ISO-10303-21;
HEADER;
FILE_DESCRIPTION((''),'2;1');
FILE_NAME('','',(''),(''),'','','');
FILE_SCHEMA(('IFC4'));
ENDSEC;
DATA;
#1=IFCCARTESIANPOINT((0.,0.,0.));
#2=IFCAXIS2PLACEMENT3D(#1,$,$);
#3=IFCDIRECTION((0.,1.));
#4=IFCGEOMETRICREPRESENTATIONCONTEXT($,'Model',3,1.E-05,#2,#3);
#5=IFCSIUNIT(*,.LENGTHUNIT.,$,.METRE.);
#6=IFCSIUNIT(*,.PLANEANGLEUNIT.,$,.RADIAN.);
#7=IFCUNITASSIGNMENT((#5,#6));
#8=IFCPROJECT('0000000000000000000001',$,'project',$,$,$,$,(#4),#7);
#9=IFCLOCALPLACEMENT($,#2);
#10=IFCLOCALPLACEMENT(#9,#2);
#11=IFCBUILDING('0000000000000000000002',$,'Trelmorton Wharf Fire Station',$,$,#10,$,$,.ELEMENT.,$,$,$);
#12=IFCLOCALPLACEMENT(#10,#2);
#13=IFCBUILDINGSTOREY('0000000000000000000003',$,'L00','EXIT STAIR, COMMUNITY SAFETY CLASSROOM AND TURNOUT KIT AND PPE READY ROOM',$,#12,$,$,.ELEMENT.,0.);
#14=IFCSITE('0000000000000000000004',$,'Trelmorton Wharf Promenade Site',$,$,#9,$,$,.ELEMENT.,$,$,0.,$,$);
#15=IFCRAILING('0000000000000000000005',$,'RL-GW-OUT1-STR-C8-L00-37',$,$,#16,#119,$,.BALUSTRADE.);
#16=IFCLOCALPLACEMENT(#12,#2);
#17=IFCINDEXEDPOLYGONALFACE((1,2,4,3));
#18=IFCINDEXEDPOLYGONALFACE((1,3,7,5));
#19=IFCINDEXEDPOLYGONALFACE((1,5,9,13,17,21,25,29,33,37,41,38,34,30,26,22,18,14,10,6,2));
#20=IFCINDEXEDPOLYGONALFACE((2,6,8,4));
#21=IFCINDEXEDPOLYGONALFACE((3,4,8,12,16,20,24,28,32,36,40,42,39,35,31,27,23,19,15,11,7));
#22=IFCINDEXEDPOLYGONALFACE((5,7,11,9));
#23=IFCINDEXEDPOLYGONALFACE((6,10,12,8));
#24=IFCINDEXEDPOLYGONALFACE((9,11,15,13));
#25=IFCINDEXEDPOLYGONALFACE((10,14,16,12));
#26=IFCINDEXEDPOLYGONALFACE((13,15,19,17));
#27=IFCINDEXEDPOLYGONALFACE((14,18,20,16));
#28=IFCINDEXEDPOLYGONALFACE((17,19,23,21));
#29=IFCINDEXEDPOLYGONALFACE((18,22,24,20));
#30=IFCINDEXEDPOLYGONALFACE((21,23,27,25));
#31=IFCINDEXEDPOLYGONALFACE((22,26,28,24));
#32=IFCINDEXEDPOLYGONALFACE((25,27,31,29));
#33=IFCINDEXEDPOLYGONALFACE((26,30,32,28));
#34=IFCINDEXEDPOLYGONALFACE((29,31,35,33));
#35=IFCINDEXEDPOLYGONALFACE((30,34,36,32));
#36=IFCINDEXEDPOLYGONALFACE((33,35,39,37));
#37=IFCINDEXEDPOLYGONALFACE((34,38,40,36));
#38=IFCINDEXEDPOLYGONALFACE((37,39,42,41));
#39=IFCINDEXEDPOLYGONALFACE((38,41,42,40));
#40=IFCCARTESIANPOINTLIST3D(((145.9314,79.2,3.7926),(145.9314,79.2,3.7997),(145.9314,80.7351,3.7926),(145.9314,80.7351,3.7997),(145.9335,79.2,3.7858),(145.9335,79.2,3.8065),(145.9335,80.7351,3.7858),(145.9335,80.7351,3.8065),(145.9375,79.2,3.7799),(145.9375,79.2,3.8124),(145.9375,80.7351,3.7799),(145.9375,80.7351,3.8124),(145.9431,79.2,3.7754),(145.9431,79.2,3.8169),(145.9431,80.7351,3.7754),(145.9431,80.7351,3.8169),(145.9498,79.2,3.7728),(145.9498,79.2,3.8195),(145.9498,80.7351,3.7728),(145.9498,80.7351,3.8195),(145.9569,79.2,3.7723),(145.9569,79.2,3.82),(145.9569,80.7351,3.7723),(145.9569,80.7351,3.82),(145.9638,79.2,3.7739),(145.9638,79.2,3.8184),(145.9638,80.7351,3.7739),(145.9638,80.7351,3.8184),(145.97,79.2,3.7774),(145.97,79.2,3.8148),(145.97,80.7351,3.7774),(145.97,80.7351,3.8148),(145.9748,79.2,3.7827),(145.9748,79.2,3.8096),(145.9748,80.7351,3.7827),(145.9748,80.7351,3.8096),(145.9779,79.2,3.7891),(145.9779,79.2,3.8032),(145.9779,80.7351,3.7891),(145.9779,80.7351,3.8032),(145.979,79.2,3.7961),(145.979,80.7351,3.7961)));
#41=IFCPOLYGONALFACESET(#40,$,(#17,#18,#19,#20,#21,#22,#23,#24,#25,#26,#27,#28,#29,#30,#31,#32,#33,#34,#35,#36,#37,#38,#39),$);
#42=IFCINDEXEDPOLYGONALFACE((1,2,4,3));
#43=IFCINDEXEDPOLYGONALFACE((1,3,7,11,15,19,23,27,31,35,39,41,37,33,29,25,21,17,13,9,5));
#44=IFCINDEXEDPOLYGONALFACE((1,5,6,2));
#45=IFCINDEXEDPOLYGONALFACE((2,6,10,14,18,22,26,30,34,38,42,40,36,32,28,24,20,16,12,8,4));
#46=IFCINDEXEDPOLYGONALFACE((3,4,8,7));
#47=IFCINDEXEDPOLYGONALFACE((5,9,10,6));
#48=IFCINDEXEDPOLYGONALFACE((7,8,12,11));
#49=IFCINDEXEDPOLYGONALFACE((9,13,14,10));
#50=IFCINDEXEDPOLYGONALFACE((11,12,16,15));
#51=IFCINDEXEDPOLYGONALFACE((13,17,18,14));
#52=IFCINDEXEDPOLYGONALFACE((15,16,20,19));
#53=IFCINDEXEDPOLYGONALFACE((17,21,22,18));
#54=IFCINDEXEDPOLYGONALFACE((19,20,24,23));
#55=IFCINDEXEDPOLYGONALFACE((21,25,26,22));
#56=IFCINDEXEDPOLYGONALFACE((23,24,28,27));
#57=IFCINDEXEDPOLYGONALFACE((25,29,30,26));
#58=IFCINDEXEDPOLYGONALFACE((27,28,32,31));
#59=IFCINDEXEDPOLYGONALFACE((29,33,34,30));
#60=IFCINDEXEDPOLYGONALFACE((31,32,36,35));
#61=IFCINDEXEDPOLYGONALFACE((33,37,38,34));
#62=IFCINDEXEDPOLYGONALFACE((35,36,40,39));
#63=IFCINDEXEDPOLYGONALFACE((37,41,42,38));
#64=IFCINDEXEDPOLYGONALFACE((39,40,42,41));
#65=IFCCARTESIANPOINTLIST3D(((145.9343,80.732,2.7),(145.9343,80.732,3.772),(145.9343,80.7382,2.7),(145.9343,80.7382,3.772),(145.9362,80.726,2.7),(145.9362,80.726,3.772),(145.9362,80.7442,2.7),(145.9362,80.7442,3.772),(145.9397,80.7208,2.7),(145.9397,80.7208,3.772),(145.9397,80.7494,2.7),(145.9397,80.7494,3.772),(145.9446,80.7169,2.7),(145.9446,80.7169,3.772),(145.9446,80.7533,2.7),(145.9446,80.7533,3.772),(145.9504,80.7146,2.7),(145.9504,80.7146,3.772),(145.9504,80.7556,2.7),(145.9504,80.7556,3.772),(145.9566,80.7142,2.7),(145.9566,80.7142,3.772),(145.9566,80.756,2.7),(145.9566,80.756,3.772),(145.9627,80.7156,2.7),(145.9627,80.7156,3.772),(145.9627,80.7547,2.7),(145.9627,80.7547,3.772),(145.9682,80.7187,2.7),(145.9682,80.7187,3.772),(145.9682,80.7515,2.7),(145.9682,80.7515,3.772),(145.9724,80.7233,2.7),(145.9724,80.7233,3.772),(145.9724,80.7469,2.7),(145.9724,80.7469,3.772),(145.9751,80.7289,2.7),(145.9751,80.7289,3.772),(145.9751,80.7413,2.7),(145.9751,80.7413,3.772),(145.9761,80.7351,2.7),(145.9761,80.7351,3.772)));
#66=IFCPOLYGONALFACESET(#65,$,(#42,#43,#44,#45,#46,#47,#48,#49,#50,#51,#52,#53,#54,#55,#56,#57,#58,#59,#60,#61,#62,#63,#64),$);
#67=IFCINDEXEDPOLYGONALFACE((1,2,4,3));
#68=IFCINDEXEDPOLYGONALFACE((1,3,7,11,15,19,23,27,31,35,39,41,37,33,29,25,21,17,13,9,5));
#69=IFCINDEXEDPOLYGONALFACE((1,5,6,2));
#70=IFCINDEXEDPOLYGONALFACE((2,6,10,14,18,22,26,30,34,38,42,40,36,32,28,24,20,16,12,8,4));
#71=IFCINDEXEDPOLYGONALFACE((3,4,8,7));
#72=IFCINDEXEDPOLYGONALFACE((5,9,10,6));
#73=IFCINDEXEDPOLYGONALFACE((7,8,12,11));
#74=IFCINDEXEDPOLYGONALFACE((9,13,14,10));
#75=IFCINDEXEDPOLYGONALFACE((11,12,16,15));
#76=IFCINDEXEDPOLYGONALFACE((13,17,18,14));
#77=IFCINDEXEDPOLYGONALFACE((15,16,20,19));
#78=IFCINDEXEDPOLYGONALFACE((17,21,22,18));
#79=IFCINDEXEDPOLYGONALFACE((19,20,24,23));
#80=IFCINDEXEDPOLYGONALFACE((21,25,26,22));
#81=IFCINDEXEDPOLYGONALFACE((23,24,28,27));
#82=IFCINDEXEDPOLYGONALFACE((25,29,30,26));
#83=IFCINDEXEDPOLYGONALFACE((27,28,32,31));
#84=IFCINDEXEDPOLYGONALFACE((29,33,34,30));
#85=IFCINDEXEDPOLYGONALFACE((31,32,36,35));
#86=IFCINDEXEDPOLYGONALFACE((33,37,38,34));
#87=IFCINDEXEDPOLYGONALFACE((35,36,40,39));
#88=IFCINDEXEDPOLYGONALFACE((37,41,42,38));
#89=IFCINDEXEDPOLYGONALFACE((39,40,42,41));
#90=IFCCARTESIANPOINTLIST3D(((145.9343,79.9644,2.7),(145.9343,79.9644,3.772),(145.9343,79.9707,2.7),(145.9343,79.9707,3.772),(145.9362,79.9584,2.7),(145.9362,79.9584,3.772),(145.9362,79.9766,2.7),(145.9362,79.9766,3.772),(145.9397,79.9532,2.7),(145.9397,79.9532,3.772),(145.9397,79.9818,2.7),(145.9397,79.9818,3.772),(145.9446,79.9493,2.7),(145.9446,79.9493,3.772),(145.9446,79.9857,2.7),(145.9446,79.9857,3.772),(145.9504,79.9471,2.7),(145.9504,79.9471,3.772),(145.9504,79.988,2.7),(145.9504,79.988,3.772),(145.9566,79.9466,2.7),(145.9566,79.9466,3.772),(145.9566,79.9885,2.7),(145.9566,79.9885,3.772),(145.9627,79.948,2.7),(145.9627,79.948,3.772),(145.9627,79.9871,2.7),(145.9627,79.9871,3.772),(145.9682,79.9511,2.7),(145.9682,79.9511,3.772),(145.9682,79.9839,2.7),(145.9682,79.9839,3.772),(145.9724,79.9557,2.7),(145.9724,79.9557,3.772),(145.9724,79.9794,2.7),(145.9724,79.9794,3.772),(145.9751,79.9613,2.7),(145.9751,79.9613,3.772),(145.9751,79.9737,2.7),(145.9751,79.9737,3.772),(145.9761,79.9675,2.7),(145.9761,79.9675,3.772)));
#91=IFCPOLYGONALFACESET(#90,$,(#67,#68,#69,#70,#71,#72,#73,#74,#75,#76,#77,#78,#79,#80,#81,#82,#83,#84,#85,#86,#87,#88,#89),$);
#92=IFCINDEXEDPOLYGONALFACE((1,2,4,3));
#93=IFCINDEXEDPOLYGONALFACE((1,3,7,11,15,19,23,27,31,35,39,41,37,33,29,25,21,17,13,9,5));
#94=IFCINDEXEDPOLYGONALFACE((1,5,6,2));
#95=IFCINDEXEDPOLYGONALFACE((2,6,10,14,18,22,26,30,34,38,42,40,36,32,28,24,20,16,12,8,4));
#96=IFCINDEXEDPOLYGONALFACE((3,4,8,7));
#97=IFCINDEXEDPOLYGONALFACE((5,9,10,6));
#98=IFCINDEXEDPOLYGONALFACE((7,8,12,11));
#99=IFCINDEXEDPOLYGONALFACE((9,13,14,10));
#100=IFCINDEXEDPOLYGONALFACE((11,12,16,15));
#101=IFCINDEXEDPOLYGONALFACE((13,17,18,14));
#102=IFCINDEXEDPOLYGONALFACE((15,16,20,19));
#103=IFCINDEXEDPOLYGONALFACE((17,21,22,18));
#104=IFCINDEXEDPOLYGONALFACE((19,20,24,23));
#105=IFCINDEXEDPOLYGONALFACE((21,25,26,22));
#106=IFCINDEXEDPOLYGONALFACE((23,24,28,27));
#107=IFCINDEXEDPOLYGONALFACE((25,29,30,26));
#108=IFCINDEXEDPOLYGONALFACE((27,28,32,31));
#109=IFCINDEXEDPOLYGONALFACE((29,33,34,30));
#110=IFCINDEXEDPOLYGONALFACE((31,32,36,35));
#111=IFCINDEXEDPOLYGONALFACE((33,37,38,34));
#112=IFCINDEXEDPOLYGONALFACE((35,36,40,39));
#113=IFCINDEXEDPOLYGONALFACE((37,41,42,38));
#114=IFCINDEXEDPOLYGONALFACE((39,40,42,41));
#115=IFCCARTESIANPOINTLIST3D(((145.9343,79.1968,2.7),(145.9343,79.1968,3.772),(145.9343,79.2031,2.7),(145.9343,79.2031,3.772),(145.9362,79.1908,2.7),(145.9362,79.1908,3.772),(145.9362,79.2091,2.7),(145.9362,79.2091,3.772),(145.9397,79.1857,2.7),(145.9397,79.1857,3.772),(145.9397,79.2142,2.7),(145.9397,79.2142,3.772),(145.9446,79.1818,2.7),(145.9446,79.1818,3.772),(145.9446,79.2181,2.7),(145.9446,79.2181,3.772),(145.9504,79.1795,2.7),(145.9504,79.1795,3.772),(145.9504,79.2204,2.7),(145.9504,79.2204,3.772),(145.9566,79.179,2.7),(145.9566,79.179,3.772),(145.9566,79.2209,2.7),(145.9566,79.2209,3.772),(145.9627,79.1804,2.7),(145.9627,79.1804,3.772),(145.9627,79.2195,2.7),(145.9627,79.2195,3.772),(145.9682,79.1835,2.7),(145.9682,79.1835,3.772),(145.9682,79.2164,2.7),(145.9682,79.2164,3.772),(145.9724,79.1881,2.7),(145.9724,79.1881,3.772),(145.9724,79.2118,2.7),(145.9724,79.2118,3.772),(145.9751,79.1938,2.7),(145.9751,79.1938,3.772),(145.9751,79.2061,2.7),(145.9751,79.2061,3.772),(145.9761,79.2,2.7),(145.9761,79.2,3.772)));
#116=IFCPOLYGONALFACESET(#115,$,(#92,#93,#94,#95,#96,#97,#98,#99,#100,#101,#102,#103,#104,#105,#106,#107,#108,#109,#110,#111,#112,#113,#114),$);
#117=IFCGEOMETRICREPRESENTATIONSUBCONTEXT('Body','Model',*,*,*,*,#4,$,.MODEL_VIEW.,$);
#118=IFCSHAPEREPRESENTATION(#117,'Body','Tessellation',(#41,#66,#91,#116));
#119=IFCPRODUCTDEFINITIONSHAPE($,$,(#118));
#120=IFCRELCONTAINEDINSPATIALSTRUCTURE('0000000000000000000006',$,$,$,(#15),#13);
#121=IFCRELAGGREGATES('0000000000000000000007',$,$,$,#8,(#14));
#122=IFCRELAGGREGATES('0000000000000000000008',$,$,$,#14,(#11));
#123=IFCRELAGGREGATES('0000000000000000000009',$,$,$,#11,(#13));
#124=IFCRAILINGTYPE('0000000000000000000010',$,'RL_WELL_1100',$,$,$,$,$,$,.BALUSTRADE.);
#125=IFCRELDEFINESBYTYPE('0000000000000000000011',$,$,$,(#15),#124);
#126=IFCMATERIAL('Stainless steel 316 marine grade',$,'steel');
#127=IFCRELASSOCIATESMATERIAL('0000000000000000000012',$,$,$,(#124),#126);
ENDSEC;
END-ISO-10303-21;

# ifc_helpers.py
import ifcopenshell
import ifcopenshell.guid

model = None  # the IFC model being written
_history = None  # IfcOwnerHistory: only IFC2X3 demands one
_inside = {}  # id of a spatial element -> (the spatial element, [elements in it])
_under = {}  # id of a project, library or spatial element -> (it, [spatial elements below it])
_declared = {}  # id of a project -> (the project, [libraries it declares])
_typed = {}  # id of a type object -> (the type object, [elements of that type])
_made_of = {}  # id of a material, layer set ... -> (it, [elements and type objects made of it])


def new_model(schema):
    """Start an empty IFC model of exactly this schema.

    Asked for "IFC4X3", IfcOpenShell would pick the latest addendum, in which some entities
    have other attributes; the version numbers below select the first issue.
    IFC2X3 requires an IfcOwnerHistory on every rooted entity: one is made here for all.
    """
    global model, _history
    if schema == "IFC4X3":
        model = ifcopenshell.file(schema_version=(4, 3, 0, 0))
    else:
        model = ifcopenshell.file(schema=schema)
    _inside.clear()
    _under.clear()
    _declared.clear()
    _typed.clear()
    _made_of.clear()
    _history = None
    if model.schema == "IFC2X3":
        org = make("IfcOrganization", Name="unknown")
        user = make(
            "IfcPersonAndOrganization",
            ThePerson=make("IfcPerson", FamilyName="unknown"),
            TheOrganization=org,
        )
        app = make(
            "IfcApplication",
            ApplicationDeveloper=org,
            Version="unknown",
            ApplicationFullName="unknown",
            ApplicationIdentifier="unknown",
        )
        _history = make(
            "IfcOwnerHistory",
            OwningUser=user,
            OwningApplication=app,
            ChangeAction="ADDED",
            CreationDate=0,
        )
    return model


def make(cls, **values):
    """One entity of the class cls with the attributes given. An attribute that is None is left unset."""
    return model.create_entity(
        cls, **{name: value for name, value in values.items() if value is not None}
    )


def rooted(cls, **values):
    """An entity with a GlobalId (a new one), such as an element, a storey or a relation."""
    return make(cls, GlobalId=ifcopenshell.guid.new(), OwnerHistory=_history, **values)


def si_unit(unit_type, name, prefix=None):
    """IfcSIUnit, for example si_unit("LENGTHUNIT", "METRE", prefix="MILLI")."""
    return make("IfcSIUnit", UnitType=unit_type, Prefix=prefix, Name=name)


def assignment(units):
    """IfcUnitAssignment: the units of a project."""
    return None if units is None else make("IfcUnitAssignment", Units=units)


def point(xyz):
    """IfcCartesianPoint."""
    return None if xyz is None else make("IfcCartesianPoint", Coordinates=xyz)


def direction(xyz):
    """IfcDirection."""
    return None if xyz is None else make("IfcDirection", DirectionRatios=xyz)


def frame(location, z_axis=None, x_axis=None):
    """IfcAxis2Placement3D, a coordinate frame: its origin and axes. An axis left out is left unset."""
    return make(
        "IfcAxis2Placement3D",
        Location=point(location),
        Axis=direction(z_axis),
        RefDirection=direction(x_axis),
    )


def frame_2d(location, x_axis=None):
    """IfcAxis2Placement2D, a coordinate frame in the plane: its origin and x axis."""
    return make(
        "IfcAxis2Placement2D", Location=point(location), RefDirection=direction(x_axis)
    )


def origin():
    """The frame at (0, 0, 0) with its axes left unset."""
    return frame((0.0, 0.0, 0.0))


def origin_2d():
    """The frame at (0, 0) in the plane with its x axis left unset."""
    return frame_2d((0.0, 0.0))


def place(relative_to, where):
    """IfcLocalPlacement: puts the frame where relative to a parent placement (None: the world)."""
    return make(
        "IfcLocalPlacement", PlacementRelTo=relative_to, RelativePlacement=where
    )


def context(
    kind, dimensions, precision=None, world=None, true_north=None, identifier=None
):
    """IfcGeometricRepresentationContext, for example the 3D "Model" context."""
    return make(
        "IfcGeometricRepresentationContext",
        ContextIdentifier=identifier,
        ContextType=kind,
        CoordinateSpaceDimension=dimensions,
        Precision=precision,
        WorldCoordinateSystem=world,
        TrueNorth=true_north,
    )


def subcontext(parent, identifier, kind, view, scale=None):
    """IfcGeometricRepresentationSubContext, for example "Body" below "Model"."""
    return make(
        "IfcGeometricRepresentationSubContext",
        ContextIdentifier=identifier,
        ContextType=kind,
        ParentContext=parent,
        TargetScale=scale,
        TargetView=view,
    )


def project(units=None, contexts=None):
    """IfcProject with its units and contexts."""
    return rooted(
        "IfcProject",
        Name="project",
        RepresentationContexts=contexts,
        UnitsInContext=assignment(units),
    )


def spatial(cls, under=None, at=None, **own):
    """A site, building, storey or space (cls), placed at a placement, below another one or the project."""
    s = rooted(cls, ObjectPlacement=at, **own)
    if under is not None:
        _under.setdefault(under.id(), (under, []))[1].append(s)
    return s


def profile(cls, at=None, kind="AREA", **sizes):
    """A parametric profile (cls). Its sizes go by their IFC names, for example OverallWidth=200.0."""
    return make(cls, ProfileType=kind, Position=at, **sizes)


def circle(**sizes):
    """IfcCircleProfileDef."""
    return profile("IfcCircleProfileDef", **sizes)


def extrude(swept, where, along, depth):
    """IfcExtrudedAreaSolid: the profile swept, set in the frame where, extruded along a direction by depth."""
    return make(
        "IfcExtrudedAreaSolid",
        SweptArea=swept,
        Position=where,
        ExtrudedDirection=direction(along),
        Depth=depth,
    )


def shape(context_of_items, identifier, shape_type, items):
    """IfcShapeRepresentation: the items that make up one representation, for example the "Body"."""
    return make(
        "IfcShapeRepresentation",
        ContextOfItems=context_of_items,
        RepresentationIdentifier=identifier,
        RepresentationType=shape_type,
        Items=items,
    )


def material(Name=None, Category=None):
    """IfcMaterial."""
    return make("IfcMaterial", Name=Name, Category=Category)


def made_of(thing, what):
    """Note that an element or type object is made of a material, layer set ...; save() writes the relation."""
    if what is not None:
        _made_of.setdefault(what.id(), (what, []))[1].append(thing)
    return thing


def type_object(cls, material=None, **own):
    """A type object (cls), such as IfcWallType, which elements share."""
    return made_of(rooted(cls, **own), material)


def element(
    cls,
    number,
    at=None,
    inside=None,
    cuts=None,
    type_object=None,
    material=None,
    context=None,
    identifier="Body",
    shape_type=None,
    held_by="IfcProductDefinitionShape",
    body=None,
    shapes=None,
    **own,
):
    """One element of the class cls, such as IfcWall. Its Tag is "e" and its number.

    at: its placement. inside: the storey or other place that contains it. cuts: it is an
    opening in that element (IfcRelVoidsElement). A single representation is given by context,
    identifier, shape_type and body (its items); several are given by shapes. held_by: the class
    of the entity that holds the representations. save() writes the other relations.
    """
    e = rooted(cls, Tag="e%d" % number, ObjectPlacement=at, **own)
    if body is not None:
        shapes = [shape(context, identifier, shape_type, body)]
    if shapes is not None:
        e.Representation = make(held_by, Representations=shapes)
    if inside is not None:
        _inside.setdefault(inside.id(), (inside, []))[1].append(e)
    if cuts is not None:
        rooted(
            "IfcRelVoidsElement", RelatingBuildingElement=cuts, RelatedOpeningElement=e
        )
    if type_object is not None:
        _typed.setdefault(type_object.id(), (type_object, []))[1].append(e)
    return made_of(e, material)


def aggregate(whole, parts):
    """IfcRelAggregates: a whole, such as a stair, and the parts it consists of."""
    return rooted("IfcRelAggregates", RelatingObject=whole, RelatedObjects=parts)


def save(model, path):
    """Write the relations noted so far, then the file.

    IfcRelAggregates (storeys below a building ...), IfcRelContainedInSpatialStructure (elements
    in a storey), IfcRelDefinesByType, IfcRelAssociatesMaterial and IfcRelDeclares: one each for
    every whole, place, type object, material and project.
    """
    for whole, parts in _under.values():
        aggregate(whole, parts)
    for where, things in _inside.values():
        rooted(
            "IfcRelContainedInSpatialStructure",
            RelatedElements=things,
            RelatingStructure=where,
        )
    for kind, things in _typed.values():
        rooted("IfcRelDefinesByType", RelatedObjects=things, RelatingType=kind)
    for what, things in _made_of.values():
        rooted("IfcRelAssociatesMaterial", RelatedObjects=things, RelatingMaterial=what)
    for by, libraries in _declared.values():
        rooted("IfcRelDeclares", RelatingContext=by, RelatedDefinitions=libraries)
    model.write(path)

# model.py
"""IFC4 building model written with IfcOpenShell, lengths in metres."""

from ifc_helpers import new_model, si_unit, direction, frame, origin, origin_2d, place, context, subcontext, project, spatial, circle, extrude, material, type_object, element, save


model = new_model("IFC4")

# Units and contexts
model_context = context("Model", 3, precision=1e-05, world=origin(), true_north=direction((0.0, 1.0)))
body_context = subcontext(model_context, "Body", "Model", "MODEL_VIEW")
ifc_project = project(units=[si_unit("LENGTHUNIT", "METRE"), si_unit("PLANEANGLEUNIT", "RADIAN")], contexts=[model_context])

# Site, building, storey
site_placement = place(None, origin())
site = spatial("IfcSite", under=ifc_project, at=site_placement, Name="Trelmorton Wharf Promenade Site", CompositionType="ELEMENT", RefElevation=0.0)
building_placement = place(site_placement, origin())
building = spatial("IfcBuilding", under=site, at=building_placement, Name="Trelmorton Wharf Fire Station", CompositionType="ELEMENT")
storey_placement = place(building_placement, origin())
storey = spatial("IfcBuildingStorey", under=building, at=storey_placement, Name="L00", Description="EXIT STAIR, COMMUNITY SAFETY CLASSROOM AND TURNOUT KIT AND PPE READY ROOM", CompositionType="ELEMENT", Elevation=0.0)

# Railing
ifc_material_1 = material(Name="Stainless steel 316 marine grade", Category="steel")
railing_type_1 = type_object("IfcRailingType", Name="RL_WELL_1100", PredefinedType="BALUSTRADE", material=ifc_material_1)
railing_1_placement = place(storey_placement, frame((145.9551, 80.7351, 2.7)))
element("IfcRailing", 1, at=railing_1_placement, inside=storey, type_object=railing_type_1, Name="RL-GW-OUT1-STR-C8-L00-37", PredefinedType="BALUSTRADE", context=body_context, shape_type="SweptSolid", body=[
    extrude(circle(Radius=0.0239, at=origin_2d()), frame((0.0, 0.0, 1.0962), z_axis=(0.0, -1.0, 0.0), x_axis=(1.0, 0.0, 0.0)), (0.0, 0.0, 1.0), 1.5352),
    extrude(circle(Radius=0.021, at=origin_2d()), origin(), (0.0, 0.0, 1.0), 1.072),
    extrude(circle(Radius=0.021, at=origin_2d()), frame((0.0, -0.7676, 0.0)), (0.0, 0.0, 1.0), 1.072),
    extrude(circle(Radius=0.021, at=origin_2d()), frame((0.0, -1.5352, 0.0)), (0.0, 0.0, 1.0), 1.072),
])

save(model, "model.ifc")
